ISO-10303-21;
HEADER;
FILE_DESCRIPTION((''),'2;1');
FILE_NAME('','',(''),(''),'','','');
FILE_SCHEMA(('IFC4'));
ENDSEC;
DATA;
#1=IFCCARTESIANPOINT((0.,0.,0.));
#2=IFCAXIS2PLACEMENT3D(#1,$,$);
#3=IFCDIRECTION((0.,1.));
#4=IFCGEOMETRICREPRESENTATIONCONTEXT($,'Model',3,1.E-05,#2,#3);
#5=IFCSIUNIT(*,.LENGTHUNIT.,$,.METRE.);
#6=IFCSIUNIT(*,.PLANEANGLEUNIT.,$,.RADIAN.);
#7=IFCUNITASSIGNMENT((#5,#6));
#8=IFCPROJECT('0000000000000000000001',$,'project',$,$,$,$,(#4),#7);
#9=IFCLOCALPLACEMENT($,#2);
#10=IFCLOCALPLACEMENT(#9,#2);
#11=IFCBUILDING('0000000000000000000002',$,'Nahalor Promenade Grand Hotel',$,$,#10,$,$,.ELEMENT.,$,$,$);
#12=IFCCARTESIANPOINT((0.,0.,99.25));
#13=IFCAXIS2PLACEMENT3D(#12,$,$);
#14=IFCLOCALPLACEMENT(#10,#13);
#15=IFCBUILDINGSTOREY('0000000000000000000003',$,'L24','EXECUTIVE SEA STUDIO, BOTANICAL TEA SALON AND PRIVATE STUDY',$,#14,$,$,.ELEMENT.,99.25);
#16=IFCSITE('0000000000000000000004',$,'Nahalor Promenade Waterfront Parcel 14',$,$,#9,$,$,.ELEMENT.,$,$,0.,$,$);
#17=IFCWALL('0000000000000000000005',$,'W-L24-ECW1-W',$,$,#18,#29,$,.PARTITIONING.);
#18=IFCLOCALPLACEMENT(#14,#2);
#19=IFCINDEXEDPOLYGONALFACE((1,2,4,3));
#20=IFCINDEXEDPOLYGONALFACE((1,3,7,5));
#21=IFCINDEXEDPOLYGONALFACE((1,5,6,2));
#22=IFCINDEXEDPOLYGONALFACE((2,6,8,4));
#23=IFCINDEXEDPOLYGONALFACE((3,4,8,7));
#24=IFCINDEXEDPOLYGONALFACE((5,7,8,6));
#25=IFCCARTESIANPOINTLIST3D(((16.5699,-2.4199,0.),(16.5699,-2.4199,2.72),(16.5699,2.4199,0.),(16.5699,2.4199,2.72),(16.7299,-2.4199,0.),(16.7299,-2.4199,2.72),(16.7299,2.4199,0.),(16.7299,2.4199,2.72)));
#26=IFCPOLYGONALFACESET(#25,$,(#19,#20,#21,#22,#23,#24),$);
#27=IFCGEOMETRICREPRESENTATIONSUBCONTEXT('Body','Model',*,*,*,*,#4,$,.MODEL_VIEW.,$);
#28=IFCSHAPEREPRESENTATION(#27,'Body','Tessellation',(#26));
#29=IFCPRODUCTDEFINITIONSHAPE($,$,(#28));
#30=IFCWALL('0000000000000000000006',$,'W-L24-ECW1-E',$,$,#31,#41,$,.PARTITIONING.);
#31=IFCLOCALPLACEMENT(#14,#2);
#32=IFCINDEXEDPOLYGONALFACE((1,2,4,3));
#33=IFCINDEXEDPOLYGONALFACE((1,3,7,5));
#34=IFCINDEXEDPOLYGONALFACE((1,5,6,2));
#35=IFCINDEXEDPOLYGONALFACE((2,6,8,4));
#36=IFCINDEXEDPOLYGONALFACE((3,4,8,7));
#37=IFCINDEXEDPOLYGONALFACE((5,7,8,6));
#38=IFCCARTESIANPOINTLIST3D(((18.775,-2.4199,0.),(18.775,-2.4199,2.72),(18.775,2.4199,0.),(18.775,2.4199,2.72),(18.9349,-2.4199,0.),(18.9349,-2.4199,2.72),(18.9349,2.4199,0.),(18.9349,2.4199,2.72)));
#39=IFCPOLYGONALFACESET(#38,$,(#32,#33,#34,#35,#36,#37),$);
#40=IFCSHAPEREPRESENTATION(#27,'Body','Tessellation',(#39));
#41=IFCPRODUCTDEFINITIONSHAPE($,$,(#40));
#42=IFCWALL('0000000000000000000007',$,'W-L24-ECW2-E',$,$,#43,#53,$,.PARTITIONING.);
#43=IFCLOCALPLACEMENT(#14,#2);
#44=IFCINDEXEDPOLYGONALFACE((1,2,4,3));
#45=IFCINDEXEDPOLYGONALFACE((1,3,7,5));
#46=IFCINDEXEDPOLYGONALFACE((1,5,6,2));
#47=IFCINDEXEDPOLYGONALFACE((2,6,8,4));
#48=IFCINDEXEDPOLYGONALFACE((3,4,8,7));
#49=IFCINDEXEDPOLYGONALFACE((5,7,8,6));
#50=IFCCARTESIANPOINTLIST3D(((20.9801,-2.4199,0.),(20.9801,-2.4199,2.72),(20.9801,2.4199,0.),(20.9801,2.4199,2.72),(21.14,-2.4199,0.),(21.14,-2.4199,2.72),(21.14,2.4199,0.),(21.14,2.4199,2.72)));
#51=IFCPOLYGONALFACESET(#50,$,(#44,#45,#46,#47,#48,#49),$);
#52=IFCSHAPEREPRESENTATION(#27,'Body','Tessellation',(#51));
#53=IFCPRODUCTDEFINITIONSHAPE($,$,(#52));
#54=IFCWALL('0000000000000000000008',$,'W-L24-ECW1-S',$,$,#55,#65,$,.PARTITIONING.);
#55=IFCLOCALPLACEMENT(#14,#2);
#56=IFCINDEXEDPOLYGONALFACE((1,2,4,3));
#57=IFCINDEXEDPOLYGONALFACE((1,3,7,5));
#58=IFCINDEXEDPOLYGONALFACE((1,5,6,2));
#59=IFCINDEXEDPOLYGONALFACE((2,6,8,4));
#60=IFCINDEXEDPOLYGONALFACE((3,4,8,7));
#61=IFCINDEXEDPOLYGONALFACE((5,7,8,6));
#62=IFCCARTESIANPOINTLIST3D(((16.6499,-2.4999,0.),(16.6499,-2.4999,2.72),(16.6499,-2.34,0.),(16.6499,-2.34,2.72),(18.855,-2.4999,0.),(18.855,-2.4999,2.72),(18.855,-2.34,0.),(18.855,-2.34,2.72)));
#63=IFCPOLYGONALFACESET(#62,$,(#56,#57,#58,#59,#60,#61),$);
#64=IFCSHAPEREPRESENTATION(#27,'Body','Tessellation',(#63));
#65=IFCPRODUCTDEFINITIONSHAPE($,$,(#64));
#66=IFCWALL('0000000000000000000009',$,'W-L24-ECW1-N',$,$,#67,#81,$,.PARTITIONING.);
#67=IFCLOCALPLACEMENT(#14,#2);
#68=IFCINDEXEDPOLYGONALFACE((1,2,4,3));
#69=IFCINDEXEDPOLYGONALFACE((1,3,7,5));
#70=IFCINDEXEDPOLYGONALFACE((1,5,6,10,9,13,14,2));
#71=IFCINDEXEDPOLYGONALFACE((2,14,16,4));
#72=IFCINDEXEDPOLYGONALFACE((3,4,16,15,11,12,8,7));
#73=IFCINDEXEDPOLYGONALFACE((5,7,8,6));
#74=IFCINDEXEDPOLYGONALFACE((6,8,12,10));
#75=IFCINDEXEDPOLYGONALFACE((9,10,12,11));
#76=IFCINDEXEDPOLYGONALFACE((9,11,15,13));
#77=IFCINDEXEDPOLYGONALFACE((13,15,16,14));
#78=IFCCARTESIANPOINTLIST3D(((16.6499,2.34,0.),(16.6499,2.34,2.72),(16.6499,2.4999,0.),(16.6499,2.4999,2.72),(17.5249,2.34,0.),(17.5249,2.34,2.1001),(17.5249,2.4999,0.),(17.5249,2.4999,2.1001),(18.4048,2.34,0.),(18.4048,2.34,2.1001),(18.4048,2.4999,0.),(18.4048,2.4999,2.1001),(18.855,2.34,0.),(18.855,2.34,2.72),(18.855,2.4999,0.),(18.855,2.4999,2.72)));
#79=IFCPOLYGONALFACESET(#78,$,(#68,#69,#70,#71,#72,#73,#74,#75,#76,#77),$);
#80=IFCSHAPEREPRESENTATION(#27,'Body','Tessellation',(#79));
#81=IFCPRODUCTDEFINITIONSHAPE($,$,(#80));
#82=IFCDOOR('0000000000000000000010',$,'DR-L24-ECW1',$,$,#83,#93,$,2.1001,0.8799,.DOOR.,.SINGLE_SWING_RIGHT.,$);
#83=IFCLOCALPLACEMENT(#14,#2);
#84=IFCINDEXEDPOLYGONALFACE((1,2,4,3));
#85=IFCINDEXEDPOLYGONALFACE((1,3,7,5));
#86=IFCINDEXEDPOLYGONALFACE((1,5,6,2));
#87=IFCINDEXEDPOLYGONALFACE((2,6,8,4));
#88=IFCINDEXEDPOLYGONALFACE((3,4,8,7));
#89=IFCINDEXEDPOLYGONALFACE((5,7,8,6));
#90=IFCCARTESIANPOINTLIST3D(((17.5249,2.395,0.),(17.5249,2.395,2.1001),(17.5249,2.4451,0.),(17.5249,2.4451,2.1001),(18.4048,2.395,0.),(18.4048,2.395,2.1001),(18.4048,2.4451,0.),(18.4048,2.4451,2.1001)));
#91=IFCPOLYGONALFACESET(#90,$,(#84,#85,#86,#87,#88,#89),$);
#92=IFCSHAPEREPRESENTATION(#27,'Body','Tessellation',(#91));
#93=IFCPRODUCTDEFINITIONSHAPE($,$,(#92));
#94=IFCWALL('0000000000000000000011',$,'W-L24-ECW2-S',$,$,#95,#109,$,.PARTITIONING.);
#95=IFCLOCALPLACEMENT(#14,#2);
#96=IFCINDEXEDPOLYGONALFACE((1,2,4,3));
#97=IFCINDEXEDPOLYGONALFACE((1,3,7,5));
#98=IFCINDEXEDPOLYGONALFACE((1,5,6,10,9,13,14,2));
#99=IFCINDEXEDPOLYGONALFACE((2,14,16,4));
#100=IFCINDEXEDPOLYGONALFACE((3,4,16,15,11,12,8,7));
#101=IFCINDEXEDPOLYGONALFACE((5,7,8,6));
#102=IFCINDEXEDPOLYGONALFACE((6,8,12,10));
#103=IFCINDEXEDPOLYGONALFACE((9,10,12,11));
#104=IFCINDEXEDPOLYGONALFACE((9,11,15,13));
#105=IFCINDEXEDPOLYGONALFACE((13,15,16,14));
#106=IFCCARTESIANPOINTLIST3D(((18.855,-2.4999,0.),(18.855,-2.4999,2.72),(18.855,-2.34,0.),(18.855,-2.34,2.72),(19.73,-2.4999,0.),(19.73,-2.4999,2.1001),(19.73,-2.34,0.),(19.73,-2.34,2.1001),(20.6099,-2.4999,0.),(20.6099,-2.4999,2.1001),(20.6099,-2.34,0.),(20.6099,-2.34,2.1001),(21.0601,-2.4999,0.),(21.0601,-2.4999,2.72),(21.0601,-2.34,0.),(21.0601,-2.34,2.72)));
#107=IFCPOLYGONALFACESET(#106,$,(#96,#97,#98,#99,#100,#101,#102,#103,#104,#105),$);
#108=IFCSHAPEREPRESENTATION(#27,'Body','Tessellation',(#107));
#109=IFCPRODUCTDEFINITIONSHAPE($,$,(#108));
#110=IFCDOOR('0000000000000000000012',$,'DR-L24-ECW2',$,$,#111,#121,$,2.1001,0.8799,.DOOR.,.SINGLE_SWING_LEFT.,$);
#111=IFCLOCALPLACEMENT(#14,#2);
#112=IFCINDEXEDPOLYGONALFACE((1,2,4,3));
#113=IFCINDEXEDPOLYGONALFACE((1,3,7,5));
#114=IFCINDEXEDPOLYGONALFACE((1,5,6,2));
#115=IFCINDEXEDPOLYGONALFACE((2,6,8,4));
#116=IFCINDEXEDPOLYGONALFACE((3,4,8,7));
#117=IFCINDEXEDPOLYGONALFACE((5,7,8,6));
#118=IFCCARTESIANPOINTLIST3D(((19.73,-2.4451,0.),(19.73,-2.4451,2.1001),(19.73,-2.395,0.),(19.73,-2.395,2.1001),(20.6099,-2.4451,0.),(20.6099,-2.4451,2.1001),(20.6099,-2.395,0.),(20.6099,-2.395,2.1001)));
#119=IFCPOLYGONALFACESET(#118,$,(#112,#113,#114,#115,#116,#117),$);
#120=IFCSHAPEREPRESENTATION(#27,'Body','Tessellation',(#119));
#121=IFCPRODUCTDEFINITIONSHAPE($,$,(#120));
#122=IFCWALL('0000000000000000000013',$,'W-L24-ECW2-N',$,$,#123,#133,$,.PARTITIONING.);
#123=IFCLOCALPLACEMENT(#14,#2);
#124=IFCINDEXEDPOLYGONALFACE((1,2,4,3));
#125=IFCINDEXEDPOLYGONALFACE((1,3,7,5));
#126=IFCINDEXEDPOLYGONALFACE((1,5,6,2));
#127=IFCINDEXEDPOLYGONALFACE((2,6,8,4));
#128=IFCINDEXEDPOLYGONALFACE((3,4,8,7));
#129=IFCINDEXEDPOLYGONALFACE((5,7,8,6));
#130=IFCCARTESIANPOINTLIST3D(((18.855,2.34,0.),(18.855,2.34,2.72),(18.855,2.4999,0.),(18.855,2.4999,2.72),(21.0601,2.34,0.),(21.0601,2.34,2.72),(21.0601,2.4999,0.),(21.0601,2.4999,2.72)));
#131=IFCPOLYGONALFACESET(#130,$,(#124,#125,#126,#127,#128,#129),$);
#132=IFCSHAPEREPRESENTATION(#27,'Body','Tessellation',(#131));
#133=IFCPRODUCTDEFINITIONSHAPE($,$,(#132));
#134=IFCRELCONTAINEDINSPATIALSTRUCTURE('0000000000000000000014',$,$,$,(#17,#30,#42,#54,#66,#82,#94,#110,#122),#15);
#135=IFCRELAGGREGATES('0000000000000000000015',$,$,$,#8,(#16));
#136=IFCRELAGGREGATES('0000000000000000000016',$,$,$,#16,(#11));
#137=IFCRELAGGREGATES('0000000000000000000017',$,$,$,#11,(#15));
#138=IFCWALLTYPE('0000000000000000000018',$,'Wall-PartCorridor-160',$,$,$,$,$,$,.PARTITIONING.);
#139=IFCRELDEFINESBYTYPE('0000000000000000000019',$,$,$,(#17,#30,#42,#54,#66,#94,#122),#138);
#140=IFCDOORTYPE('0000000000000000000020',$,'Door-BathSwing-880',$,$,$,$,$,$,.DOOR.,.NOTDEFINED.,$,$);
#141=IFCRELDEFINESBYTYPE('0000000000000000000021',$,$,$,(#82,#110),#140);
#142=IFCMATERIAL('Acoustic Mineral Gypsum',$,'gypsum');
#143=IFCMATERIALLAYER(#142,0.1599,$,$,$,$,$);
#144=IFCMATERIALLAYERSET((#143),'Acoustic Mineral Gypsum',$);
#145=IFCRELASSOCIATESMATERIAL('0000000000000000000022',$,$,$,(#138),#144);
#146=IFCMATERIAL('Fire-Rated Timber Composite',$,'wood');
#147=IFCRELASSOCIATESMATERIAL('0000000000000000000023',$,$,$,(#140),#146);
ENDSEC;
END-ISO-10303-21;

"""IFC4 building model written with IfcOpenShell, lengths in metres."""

from ifc_helpers import new_model, si_unit, direction, frame, frame_2d, origin, place, context, subcontext, project, spatial, rectangle, extrude, source, transform, mapped, material, layer, layer_set, type_object, element, fill, save


model = new_model("IFC4")

# Units and contexts
model_context = context("Model", 3, precision=1e-05, world=origin(), true_north=direction((0.0, 1.0)))
body_context = subcontext(model_context, "Body", "Model", "MODEL_VIEW")
ifc_project = project(units=[si_unit("LENGTHUNIT", "METRE"), si_unit("PLANEANGLEUNIT", "RADIAN")], contexts=[model_context])

# Site, building, storey
site_placement = place(None, origin())
site = spatial("IfcSite", under=ifc_project, at=site_placement, Name="Nahalor Promenade Waterfront Parcel 14", CompositionType="ELEMENT", RefElevation=0.0)
building_placement = place(site_placement, origin())
building = spatial("IfcBuilding", under=site, at=building_placement, Name="Nahalor Promenade Grand Hotel", CompositionType="ELEMENT")
storey_placement = place(building_placement, frame((0.0, 0.0, 99.25)))
storey = spatial("IfcBuildingStorey", under=building, at=storey_placement, Name="L24", Description="EXECUTIVE SEA STUDIO, BOTANICAL TEA SALON AND PRIVATE STUDY", CompositionType="ELEMENT", Elevation=99.25)

# Shared definitions
ifc_material_1 = material(Name="Acoustic Mineral Gypsum", Category="gypsum")
ifc_layer_1 = layer(ifc_material_1, 0.1599)
ifc_layer_set_1 = layer_set([ifc_layer_1], Name="Acoustic Mineral Gypsum")
wall_type_1 = type_object("IfcWallType", Name="Wall-PartCorridor-160", PredefinedType="PARTITIONING", material=ifc_layer_set_1)
ifc_material_2 = material(Name="Fire-Rated Timber Composite", Category="wood")

# Walls
shared_shape_1 = source(origin(), body_context, "Body", "SweptSolid", [
    extrude(rectangle(XDim=4.8398, YDim=0.1599, at=frame_2d((2.4199, 0.0))), origin(), (0.0, 0.0, 1.0), 2.72),
])
for number, where, z_axis, x_axis, name in (
    (1, (16.6499, -2.4199, 0.0), (0.0, 0.0, 1.0), (0.0, 1.0, 0.0), "W-L24-ECW1-W"),
    (2, (18.855, -2.4199, 0.0), (0.0, 0.0, 1.0), (0.0, 1.0, 0.0), "W-L24-ECW1-E"),
    (3, (21.0601, -2.4199, 0.0), (0.0, 0.0, 1.0), (0.0, 1.0, 0.0), "W-L24-ECW2-E"),
):
    element("IfcWall", number, at=place(storey_placement, frame(where, z_axis=z_axis, x_axis=x_axis)), inside=storey, type_object=wall_type_1, Name=name, PredefinedType="PARTITIONING", context=body_context, shape_type="MappedRepresentation", body=[
        mapped(shared_shape_1, transform((0.0, 0.0, 0.0), scale=1.0)),
    ])
shared_shape_2 = source(origin(), body_context, "Body", "SweptSolid", [
    extrude(rectangle(XDim=2.2051, YDim=0.1599, at=frame_2d((1.1025, 0.0))), origin(), (0.0, 0.0, 1.0), 2.72),
])
wall_1_placement = place(storey_placement, frame((16.6499, -2.4199, 0.0), z_axis=(0.0, 0.0, 1.0), x_axis=(1.0, 0.0, 0.0)))
element("IfcWall", 4, at=wall_1_placement, inside=storey, type_object=wall_type_1, Name="W-L24-ECW1-S", PredefinedType="PARTITIONING", context=body_context, shape_type="MappedRepresentation", body=[
    mapped(shared_shape_2, transform((0.0, 0.0, 0.0), scale=1.0)),
])

# Walls, openings, doors
wall_2_placement = place(storey_placement, frame((16.6499, 2.4199, 0.0), z_axis=(0.0, 0.0, 1.0), x_axis=(1.0, 0.0, 0.0)))
wall_2 = element("IfcWall", 5, at=wall_2_placement, inside=storey, type_object=wall_type_1, Name="W-L24-ECW1-N", PredefinedType="PARTITIONING", context=body_context, shape_type="MappedRepresentation", body=[
    mapped(shared_shape_2, transform((0.0, 0.0, 0.0), scale=1.0)),
])
opening_1_placement = place(wall_2_placement, frame((0.875, 0.0, 0.0)))
opening_1 = element("IfcOpeningElement", 6, at=opening_1_placement, cuts=wall_2, PredefinedType="OPENING", context=body_context, shape_type="SweptSolid", body=[
    extrude(rectangle(XDim=0.8799, YDim=2.1001, at=frame_2d((0.4399, 1.05))), frame((0.0, 0.0898, 0.0), z_axis=(0.0, -1.0, 0.0), x_axis=(1.0, 0.0, 0.0)), (0.0, 0.0, 1.0), 0.1799),
])
door_type_1 = type_object("IfcDoorType", Name="Door-BathSwing-880", OperationType="NOTDEFINED", PredefinedType="DOOR", material=ifc_material_2)
shared_shape_3 = source(origin(), body_context, "Body", "SweptSolid", [
    extrude(rectangle(XDim=0.8799, YDim=2.1001, at=frame_2d((0.4399, 1.05))), frame((0.0, 0.0249, 0.0), z_axis=(0.0, -1.0, 0.0), x_axis=(1.0, 0.0, 0.0)), (0.0, 0.0, 1.0), 0.05),
])
door_1_placement = place(opening_1_placement, frame((0.8799, 0.0, 0.0), z_axis=(0.0, 0.0, 1.0), x_axis=(-1.0, 0.0, 0.0)))
door_1 = element("IfcDoor", 7, at=door_1_placement, inside=storey, type_object=door_type_1, Name="DR-L24-ECW1", OperationType="SINGLE_SWING_RIGHT", OverallHeight=2.1001, OverallWidth=0.8799, PredefinedType="DOOR", context=body_context, shape_type="MappedRepresentation", body=[
    mapped(shared_shape_3, transform((0.0, 0.0, 0.0), scale=1.0)),
])
fill(opening_1, door_1)
wall_3_placement = place(storey_placement, frame((18.855, -2.4199, 0.0), z_axis=(0.0, 0.0, 1.0), x_axis=(1.0, 0.0, 0.0)))
wall_3 = element("IfcWall", 8, at=wall_3_placement, inside=storey, type_object=wall_type_1, Name="W-L24-ECW2-S", PredefinedType="PARTITIONING", context=body_context, shape_type="MappedRepresentation", body=[
    mapped(shared_shape_2, transform((0.0, 0.0, 0.0), scale=1.0)),
])
opening_2_placement = place(wall_3_placement, frame((0.875, 0.0, 0.0)))
opening_2 = element("IfcOpeningElement", 9, at=opening_2_placement, cuts=wall_3, PredefinedType="OPENING", context=body_context, shape_type="SweptSolid", body=[
    extrude(rectangle(XDim=0.8799, YDim=2.1001, at=frame_2d((0.4399, 1.05))), frame((0.0, 0.0898, 0.0), z_axis=(0.0, -1.0, 0.0), x_axis=(1.0, 0.0, 0.0)), (0.0, 0.0, 1.0), 0.1799),
])
door_2_placement = place(opening_2_placement, origin())
door_2 = element("IfcDoor", 10, at=door_2_placement, inside=storey, type_object=door_type_1, Name="DR-L24-ECW2", OperationType="SINGLE_SWING_LEFT", OverallHeight=2.1001, OverallWidth=0.8799, PredefinedType="DOOR", context=body_context, shape_type="MappedRepresentation", body=[
    mapped(shared_shape_3, transform((0.0, 0.0, 0.0), scale=1.0)),
])
fill(opening_2, door_2)

# Wall
wall_4_placement = place(storey_placement, frame((18.855, 2.4199, 0.0), z_axis=(0.0, 0.0, 1.0), x_axis=(1.0, 0.0, 0.0)))
element("IfcWall", 11, at=wall_4_placement, inside=storey, type_object=wall_type_1, Name="W-L24-ECW2-N", PredefinedType="PARTITIONING", context=body_context, shape_type="MappedRepresentation", body=[
    mapped(shared_shape_2, transform((0.0, 0.0, 0.0), scale=1.0)),
])

save(model, "model.ifc")
